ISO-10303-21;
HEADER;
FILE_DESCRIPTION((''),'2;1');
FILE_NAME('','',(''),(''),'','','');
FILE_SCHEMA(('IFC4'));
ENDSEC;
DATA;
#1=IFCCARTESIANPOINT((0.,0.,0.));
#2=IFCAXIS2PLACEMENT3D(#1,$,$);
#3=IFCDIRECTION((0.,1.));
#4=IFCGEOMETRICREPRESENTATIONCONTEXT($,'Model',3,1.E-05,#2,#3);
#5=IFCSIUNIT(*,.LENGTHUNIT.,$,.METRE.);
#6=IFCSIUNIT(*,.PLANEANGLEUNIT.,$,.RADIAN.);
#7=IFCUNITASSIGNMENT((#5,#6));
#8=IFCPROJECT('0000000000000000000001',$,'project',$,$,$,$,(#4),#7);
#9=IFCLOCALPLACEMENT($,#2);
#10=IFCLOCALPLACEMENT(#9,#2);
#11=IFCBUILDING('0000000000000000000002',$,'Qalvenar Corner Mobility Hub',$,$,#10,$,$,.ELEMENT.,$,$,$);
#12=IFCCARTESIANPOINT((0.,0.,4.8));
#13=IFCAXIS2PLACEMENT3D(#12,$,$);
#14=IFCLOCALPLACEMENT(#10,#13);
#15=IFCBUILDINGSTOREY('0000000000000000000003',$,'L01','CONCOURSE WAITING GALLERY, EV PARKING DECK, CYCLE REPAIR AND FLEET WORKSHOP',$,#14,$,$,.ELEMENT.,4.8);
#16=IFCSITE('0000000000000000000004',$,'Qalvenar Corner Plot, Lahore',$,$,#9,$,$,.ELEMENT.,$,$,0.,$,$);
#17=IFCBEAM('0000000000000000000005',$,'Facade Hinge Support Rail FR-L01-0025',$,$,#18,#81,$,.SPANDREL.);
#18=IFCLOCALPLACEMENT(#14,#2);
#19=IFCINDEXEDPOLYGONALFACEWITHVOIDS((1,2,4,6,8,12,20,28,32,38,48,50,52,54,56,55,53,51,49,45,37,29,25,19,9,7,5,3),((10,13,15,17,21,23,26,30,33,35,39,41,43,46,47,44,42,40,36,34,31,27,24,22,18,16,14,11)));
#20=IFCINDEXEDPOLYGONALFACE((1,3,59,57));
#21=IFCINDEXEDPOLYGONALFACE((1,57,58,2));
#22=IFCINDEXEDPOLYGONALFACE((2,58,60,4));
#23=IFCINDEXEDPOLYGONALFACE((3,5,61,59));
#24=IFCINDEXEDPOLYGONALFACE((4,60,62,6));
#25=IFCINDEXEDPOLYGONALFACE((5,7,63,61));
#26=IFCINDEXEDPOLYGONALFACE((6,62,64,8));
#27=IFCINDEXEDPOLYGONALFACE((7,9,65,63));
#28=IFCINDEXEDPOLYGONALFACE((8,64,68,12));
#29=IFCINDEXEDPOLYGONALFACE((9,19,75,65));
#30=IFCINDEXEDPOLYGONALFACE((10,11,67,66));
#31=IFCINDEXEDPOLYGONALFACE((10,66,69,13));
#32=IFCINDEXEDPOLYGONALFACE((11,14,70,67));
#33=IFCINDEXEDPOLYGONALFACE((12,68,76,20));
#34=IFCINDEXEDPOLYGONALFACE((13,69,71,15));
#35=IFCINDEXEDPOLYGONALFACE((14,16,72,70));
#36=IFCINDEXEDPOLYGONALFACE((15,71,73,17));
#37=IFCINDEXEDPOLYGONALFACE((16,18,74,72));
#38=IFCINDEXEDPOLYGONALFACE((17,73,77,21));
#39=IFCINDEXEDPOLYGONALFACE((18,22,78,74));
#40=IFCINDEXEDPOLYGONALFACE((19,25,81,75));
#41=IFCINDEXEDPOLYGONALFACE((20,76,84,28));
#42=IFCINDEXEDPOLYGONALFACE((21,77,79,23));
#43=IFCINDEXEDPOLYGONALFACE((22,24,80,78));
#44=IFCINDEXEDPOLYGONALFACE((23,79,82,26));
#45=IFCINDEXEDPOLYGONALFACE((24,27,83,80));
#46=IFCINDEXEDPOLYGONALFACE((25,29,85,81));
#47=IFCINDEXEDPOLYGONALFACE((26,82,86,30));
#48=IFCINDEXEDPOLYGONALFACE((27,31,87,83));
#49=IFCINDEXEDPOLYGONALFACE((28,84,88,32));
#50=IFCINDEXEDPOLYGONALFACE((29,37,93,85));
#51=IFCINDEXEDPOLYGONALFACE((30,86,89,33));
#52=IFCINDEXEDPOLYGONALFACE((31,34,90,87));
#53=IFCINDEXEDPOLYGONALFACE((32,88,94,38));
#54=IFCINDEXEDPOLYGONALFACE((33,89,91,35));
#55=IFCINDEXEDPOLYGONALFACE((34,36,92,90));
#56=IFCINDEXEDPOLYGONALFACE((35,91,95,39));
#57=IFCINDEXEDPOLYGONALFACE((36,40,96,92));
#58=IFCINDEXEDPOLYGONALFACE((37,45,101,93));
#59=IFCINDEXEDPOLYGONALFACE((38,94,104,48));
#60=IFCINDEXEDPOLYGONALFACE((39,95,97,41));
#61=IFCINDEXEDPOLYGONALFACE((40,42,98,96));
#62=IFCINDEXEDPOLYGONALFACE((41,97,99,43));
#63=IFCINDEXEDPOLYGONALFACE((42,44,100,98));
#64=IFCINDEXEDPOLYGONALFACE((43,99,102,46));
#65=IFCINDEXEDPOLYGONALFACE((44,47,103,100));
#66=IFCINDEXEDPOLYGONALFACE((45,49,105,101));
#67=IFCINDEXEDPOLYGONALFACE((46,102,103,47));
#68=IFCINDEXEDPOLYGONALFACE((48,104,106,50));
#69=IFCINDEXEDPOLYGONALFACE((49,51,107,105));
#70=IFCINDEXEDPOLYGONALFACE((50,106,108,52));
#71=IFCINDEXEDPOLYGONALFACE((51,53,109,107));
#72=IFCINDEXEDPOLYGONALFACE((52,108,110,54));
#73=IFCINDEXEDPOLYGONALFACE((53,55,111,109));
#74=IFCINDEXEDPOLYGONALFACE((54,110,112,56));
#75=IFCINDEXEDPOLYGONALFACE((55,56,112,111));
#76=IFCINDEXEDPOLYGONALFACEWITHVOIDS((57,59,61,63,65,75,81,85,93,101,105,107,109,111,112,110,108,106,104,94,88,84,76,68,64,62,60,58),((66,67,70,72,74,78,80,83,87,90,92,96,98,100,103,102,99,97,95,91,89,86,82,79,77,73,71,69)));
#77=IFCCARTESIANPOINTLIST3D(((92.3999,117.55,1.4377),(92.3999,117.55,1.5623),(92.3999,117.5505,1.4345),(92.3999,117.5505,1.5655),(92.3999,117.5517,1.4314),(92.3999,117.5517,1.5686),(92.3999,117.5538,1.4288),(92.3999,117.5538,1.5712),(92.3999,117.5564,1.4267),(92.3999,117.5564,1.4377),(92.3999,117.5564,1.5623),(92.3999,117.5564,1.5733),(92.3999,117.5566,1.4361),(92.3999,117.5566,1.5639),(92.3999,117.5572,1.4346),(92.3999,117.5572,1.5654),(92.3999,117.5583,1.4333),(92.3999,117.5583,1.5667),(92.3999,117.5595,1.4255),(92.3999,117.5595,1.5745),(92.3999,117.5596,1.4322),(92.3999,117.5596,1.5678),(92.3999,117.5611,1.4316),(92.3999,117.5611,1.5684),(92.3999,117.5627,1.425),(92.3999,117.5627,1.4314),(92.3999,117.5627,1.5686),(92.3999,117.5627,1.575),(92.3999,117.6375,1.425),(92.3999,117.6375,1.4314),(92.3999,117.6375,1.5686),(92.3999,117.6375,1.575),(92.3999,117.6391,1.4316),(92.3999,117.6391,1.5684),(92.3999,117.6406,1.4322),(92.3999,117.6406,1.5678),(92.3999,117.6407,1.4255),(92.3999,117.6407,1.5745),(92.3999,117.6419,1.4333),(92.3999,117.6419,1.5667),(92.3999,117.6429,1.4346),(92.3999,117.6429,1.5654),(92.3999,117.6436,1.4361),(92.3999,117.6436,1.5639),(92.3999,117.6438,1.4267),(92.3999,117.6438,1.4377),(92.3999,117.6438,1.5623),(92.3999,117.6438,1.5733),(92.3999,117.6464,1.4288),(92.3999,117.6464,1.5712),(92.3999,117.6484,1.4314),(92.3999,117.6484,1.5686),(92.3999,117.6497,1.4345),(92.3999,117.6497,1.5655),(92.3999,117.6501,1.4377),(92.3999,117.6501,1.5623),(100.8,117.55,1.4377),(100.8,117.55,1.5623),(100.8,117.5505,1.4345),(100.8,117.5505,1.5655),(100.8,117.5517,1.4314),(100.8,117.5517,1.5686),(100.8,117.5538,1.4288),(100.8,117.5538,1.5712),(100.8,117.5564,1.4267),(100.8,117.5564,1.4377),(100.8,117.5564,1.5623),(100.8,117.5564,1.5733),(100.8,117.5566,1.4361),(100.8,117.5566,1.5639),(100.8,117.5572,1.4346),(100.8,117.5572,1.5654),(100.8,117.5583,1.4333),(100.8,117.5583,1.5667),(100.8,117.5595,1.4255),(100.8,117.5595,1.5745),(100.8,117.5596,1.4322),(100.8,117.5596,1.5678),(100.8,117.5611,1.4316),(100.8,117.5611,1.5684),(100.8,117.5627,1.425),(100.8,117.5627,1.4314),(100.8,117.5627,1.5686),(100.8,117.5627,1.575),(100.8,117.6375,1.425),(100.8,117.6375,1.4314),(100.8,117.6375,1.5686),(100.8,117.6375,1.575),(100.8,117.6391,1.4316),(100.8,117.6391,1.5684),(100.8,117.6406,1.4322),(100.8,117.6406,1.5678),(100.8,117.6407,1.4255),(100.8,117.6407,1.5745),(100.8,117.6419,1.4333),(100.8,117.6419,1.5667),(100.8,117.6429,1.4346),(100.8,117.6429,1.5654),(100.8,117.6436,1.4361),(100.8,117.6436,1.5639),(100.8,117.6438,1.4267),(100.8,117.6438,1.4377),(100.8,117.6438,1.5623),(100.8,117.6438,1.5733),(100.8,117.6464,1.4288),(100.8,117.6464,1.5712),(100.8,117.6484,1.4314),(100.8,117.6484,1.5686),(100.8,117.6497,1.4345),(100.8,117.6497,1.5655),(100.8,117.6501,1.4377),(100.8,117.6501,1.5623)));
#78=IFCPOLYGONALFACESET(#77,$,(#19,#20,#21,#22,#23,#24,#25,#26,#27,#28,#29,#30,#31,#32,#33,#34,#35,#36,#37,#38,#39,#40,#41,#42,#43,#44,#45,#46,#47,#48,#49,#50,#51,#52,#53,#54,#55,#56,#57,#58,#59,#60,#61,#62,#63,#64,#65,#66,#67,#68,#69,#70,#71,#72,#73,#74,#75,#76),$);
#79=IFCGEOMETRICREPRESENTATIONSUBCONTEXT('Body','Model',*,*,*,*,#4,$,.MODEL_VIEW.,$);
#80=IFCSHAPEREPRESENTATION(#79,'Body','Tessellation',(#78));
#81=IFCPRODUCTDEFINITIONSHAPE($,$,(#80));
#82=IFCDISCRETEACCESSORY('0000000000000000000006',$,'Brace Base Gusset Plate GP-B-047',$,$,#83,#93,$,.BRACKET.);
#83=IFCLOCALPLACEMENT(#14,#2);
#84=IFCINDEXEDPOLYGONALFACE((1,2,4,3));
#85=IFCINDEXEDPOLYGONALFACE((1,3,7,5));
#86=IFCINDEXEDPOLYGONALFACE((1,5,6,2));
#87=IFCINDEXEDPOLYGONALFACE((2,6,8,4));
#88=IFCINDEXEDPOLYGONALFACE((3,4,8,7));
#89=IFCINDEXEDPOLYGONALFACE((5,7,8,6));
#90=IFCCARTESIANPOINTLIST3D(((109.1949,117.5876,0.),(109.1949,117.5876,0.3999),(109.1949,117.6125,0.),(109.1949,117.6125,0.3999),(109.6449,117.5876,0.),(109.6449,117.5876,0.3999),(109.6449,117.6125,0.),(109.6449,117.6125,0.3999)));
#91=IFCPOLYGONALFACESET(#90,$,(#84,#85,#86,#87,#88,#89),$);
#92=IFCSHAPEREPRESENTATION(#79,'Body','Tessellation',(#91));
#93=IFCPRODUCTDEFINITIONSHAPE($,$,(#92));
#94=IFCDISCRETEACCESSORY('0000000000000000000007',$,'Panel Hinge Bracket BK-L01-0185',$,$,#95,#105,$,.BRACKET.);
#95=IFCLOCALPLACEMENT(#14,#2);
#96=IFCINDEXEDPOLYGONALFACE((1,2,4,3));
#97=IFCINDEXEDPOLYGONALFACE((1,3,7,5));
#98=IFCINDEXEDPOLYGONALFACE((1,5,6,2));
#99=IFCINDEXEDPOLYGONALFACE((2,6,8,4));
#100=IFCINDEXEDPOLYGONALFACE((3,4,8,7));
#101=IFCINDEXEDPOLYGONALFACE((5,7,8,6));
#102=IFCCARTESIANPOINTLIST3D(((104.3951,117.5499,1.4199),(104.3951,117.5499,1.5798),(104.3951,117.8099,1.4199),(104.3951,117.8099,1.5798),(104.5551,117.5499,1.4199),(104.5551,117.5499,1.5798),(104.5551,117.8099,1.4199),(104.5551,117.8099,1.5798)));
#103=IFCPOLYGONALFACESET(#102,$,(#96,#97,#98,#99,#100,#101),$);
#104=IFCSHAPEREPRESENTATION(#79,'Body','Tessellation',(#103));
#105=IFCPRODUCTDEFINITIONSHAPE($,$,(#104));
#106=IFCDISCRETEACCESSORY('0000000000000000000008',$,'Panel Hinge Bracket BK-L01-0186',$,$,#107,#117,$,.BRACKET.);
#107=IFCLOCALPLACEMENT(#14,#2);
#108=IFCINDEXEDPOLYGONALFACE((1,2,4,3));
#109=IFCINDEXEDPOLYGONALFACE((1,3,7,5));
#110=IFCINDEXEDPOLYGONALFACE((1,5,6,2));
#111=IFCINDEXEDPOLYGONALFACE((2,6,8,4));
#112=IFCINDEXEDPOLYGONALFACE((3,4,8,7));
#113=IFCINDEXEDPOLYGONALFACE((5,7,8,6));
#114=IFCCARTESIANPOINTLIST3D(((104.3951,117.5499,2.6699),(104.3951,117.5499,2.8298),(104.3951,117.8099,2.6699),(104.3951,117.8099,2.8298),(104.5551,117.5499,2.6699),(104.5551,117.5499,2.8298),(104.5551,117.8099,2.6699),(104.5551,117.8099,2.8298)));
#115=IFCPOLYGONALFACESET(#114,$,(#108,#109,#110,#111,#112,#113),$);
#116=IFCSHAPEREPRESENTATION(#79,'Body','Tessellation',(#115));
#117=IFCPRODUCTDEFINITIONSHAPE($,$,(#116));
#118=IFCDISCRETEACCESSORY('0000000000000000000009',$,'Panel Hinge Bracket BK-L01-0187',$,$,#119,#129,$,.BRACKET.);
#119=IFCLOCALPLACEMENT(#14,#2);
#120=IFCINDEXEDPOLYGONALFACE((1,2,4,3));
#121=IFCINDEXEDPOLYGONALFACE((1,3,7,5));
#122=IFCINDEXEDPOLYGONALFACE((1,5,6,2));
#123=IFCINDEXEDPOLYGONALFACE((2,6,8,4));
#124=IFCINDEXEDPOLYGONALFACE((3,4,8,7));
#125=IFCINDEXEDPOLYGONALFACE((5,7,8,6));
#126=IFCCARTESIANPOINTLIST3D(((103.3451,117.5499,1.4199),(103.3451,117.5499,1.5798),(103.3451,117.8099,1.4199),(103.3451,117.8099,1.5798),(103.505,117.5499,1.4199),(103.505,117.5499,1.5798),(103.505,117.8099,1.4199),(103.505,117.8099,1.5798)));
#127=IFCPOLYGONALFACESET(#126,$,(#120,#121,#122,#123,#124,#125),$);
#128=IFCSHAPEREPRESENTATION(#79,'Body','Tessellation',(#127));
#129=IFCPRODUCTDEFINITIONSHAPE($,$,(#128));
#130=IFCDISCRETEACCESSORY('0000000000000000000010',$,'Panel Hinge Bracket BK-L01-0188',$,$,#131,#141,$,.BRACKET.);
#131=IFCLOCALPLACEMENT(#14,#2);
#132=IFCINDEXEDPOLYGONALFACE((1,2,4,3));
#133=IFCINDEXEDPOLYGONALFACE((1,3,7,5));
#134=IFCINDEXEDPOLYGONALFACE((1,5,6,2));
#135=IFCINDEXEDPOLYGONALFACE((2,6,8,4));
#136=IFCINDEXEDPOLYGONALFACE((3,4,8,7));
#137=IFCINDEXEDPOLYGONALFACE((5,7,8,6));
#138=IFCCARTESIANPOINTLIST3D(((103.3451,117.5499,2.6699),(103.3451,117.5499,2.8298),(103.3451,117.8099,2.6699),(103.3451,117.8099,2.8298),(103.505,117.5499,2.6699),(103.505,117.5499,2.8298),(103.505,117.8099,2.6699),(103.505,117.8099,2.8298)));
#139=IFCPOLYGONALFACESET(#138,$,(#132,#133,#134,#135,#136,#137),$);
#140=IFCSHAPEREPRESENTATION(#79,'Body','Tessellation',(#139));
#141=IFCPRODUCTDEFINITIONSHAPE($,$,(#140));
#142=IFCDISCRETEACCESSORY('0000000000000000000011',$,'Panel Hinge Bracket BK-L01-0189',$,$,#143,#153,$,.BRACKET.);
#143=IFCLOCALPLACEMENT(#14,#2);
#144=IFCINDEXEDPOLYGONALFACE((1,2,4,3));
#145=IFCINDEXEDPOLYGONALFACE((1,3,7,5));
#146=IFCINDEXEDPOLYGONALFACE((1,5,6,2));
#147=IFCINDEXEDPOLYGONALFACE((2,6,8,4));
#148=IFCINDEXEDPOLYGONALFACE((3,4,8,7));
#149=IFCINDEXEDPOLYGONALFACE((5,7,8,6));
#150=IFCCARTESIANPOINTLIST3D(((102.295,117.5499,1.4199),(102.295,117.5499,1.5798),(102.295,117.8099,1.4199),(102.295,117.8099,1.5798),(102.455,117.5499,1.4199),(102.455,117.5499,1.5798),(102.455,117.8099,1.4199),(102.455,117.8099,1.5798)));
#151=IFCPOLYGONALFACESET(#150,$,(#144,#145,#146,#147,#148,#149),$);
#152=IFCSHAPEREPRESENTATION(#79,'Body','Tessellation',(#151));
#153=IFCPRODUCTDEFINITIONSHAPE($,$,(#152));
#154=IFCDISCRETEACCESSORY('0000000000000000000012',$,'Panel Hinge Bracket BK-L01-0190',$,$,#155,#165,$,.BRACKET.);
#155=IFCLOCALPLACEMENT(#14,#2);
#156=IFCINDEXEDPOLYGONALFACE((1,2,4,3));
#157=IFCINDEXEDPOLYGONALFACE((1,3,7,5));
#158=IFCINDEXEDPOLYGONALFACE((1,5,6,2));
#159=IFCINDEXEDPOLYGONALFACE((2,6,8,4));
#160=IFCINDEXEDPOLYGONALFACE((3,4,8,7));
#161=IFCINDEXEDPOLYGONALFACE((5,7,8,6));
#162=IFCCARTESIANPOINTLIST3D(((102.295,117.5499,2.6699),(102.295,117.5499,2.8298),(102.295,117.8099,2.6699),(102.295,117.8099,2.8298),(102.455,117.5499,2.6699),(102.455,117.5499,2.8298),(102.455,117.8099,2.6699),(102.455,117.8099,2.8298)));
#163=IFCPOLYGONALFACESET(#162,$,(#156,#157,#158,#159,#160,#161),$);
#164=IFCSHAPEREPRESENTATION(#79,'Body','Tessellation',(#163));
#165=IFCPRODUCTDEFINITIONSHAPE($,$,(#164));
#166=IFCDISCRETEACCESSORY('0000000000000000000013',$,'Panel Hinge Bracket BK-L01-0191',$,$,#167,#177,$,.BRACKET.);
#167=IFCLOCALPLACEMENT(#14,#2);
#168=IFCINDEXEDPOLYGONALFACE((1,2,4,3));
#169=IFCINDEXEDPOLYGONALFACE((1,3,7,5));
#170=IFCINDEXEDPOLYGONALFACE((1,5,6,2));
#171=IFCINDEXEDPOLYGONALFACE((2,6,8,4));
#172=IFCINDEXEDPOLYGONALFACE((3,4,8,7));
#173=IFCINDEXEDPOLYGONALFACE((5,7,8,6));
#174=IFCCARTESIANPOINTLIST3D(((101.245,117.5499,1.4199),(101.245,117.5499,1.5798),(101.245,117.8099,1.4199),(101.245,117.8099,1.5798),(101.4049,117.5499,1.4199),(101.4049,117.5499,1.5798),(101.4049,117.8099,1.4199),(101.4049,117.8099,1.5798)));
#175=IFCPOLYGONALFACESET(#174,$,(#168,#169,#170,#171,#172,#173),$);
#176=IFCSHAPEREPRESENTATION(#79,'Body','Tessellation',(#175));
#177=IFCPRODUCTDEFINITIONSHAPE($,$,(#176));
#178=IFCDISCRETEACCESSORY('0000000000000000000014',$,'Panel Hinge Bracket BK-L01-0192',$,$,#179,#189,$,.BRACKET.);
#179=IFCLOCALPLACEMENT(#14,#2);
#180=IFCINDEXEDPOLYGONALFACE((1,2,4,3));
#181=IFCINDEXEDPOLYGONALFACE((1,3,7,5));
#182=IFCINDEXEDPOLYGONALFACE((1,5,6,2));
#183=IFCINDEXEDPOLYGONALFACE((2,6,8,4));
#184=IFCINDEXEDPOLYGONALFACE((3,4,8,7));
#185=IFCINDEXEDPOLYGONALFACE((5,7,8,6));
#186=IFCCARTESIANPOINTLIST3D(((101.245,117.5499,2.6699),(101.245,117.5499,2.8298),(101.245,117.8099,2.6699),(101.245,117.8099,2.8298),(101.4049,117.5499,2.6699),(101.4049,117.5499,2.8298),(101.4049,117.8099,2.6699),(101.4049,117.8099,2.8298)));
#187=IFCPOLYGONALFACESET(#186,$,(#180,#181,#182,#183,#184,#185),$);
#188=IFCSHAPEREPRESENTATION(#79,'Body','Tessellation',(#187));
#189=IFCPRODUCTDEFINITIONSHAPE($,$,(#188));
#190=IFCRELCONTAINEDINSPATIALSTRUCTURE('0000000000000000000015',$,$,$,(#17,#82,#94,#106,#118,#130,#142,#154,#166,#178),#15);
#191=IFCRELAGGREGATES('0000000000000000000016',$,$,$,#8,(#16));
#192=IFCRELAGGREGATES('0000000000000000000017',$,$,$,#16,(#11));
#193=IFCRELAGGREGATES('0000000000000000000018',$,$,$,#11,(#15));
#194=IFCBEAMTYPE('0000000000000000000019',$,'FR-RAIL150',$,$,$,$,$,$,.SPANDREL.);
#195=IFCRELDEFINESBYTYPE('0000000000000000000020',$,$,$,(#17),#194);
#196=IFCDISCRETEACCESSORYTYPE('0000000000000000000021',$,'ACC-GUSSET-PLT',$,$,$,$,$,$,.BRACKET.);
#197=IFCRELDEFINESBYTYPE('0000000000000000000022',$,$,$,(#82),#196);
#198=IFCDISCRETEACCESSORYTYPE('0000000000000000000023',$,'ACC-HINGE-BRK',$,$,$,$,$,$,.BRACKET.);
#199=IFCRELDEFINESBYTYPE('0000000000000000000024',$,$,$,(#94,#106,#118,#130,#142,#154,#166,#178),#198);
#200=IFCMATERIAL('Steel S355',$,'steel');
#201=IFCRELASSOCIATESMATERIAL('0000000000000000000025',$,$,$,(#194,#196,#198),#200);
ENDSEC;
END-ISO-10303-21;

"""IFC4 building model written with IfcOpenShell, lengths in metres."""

from ifc_helpers import new_model, si_unit, direction, frame, origin, origin_2d, place, context, subcontext, project, spatial, rectangle, hollow_rectangle, extrude, material, material_profile, profile_set, type_object, element, save


model = new_model("IFC4")

# Units and contexts
model_context = context("Model", 3, precision=1e-05, world=origin(), true_north=direction((0.0, 1.0)))
body_context = subcontext(model_context, "Body", "Model", "MODEL_VIEW")
ifc_project = project(units=[si_unit("LENGTHUNIT", "METRE"), si_unit("PLANEANGLEUNIT", "RADIAN")], contexts=[model_context])

# Site, building, storey
site_placement = place(None, origin())
site = spatial("IfcSite", under=ifc_project, at=site_placement, Name="Qalvenar Corner Plot, Lahore", CompositionType="ELEMENT", RefElevation=0.0)
building_placement = place(site_placement, origin())
building = spatial("IfcBuilding", under=site, at=building_placement, Name="Qalvenar Corner Mobility Hub", CompositionType="ELEMENT")
storey_placement = place(building_placement, frame((0.0, 0.0, 4.8)))
storey = spatial("IfcBuildingStorey", under=building, at=storey_placement, Name="L01", Description="CONCOURSE WAITING GALLERY, EV PARKING DECK, CYCLE REPAIR AND FLEET WORKSHOP", CompositionType="ELEMENT", Elevation=4.8)

# Shared definitions
ifc_material = material(Name="Steel S355", Category="steel")

# Beam
ifc_material_profile_1 = material_profile(ifc_material, hollow_rectangle(XDim=0.1001, YDim=0.1499, WallThickness=0.0063, InnerFilletRadius=0.0063, OuterFilletRadius=0.0127, at=origin_2d()), Name="RHS150x100x6.3")
ifc_profile_set_1 = profile_set([ifc_material_profile_1], Name="Steel S355")
beam_type_1 = type_object("IfcBeamType", Name="FR-RAIL150", PredefinedType="SPANDREL", material=ifc_profile_set_1)
beam_1_placement = place(storey_placement, frame((100.8, 117.6001, 1.5), z_axis=(-1.0, 0.0, 0.0), x_axis=(0.0, -1.0, 0.0)))
element("IfcBeam", 1, at=beam_1_placement, inside=storey, type_object=beam_type_1, Name="Facade Hinge Support Rail FR-L01-0025", PredefinedType="SPANDREL", context=body_context, shape_type="SweptSolid", body=[
    extrude(hollow_rectangle(XDim=0.1001, YDim=0.1499, WallThickness=0.0063, InnerFilletRadius=0.0063, OuterFilletRadius=0.0127, at=origin_2d()), origin(), (0.0, 0.0, 1.0), 8.4001),
])

# Discrete accessories
discrete_accessory_type_1 = type_object("IfcDiscreteAccessoryType", Name="ACC-GUSSET-PLT", PredefinedType="BRACKET", material=ifc_material)
discrete_accessory_placement = place(storey_placement, frame((109.4199, 117.6001, 0.0), z_axis=(0.0, 0.0, 1.0), x_axis=(1.0, 0.0, 0.0)))
element("IfcDiscreteAccessory", 2, at=discrete_accessory_placement, inside=storey, type_object=discrete_accessory_type_1, Name="Brace Base Gusset Plate GP-B-047", PredefinedType="BRACKET", context=body_context, shape_type="SweptSolid", body=[
    extrude(rectangle(XDim=0.45, YDim=0.0249, at=origin_2d()), origin(), (0.0, 0.0, 1.0), 0.3999),
])
discrete_accessory_type_2 = type_object("IfcDiscreteAccessoryType", Name="ACC-HINGE-BRK", PredefinedType="BRACKET", material=ifc_material)
for number, where, z_axis, x_axis, name in (
    (3, (104.4751, 117.6799, 1.4199), (0.0, 0.0, 1.0), (-1.0, 0.0, 0.0), "Panel Hinge Bracket BK-L01-0185"),
    (4, (104.4751, 117.6799, 2.6699), (0.0, 0.0, 1.0), (-1.0, 0.0, 0.0), "Panel Hinge Bracket BK-L01-0186"),
    (5, (103.425, 117.6799, 1.4199), (0.0, 0.0, 1.0), (-1.0, 0.0, 0.0), "Panel Hinge Bracket BK-L01-0187"),
    (6, (103.425, 117.6799, 2.6699), (0.0, 0.0, 1.0), (-1.0, 0.0, 0.0), "Panel Hinge Bracket BK-L01-0188"),
    (7, (102.375, 117.6799, 1.4199), (0.0, 0.0, 1.0), (-1.0, 0.0, 0.0), "Panel Hinge Bracket BK-L01-0189"),
    (8, (102.375, 117.6799, 2.6699), (0.0, 0.0, 1.0), (-1.0, 0.0, 0.0), "Panel Hinge Bracket BK-L01-0190"),
    (9, (101.325, 117.6799, 1.4199), (0.0, 0.0, 1.0), (-1.0, 0.0, 0.0), "Panel Hinge Bracket BK-L01-0191"),
    (10, (101.325, 117.6799, 2.6699), (0.0, 0.0, 1.0), (-1.0, 0.0, 0.0), "Panel Hinge Bracket BK-L01-0192"),
):
    element("IfcDiscreteAccessory", number, at=place(storey_placement, frame(where, z_axis=z_axis, x_axis=x_axis)), inside=storey, type_object=discrete_accessory_type_2, Name=name, PredefinedType="BRACKET", context=body_context, shape_type="SweptSolid", body=[
        extrude(rectangle(XDim=0.1599, YDim=0.26, at=origin_2d()), origin(), (0.0, 0.0, 1.0), 0.1599),
    ])

save(model, "model.ifc")
